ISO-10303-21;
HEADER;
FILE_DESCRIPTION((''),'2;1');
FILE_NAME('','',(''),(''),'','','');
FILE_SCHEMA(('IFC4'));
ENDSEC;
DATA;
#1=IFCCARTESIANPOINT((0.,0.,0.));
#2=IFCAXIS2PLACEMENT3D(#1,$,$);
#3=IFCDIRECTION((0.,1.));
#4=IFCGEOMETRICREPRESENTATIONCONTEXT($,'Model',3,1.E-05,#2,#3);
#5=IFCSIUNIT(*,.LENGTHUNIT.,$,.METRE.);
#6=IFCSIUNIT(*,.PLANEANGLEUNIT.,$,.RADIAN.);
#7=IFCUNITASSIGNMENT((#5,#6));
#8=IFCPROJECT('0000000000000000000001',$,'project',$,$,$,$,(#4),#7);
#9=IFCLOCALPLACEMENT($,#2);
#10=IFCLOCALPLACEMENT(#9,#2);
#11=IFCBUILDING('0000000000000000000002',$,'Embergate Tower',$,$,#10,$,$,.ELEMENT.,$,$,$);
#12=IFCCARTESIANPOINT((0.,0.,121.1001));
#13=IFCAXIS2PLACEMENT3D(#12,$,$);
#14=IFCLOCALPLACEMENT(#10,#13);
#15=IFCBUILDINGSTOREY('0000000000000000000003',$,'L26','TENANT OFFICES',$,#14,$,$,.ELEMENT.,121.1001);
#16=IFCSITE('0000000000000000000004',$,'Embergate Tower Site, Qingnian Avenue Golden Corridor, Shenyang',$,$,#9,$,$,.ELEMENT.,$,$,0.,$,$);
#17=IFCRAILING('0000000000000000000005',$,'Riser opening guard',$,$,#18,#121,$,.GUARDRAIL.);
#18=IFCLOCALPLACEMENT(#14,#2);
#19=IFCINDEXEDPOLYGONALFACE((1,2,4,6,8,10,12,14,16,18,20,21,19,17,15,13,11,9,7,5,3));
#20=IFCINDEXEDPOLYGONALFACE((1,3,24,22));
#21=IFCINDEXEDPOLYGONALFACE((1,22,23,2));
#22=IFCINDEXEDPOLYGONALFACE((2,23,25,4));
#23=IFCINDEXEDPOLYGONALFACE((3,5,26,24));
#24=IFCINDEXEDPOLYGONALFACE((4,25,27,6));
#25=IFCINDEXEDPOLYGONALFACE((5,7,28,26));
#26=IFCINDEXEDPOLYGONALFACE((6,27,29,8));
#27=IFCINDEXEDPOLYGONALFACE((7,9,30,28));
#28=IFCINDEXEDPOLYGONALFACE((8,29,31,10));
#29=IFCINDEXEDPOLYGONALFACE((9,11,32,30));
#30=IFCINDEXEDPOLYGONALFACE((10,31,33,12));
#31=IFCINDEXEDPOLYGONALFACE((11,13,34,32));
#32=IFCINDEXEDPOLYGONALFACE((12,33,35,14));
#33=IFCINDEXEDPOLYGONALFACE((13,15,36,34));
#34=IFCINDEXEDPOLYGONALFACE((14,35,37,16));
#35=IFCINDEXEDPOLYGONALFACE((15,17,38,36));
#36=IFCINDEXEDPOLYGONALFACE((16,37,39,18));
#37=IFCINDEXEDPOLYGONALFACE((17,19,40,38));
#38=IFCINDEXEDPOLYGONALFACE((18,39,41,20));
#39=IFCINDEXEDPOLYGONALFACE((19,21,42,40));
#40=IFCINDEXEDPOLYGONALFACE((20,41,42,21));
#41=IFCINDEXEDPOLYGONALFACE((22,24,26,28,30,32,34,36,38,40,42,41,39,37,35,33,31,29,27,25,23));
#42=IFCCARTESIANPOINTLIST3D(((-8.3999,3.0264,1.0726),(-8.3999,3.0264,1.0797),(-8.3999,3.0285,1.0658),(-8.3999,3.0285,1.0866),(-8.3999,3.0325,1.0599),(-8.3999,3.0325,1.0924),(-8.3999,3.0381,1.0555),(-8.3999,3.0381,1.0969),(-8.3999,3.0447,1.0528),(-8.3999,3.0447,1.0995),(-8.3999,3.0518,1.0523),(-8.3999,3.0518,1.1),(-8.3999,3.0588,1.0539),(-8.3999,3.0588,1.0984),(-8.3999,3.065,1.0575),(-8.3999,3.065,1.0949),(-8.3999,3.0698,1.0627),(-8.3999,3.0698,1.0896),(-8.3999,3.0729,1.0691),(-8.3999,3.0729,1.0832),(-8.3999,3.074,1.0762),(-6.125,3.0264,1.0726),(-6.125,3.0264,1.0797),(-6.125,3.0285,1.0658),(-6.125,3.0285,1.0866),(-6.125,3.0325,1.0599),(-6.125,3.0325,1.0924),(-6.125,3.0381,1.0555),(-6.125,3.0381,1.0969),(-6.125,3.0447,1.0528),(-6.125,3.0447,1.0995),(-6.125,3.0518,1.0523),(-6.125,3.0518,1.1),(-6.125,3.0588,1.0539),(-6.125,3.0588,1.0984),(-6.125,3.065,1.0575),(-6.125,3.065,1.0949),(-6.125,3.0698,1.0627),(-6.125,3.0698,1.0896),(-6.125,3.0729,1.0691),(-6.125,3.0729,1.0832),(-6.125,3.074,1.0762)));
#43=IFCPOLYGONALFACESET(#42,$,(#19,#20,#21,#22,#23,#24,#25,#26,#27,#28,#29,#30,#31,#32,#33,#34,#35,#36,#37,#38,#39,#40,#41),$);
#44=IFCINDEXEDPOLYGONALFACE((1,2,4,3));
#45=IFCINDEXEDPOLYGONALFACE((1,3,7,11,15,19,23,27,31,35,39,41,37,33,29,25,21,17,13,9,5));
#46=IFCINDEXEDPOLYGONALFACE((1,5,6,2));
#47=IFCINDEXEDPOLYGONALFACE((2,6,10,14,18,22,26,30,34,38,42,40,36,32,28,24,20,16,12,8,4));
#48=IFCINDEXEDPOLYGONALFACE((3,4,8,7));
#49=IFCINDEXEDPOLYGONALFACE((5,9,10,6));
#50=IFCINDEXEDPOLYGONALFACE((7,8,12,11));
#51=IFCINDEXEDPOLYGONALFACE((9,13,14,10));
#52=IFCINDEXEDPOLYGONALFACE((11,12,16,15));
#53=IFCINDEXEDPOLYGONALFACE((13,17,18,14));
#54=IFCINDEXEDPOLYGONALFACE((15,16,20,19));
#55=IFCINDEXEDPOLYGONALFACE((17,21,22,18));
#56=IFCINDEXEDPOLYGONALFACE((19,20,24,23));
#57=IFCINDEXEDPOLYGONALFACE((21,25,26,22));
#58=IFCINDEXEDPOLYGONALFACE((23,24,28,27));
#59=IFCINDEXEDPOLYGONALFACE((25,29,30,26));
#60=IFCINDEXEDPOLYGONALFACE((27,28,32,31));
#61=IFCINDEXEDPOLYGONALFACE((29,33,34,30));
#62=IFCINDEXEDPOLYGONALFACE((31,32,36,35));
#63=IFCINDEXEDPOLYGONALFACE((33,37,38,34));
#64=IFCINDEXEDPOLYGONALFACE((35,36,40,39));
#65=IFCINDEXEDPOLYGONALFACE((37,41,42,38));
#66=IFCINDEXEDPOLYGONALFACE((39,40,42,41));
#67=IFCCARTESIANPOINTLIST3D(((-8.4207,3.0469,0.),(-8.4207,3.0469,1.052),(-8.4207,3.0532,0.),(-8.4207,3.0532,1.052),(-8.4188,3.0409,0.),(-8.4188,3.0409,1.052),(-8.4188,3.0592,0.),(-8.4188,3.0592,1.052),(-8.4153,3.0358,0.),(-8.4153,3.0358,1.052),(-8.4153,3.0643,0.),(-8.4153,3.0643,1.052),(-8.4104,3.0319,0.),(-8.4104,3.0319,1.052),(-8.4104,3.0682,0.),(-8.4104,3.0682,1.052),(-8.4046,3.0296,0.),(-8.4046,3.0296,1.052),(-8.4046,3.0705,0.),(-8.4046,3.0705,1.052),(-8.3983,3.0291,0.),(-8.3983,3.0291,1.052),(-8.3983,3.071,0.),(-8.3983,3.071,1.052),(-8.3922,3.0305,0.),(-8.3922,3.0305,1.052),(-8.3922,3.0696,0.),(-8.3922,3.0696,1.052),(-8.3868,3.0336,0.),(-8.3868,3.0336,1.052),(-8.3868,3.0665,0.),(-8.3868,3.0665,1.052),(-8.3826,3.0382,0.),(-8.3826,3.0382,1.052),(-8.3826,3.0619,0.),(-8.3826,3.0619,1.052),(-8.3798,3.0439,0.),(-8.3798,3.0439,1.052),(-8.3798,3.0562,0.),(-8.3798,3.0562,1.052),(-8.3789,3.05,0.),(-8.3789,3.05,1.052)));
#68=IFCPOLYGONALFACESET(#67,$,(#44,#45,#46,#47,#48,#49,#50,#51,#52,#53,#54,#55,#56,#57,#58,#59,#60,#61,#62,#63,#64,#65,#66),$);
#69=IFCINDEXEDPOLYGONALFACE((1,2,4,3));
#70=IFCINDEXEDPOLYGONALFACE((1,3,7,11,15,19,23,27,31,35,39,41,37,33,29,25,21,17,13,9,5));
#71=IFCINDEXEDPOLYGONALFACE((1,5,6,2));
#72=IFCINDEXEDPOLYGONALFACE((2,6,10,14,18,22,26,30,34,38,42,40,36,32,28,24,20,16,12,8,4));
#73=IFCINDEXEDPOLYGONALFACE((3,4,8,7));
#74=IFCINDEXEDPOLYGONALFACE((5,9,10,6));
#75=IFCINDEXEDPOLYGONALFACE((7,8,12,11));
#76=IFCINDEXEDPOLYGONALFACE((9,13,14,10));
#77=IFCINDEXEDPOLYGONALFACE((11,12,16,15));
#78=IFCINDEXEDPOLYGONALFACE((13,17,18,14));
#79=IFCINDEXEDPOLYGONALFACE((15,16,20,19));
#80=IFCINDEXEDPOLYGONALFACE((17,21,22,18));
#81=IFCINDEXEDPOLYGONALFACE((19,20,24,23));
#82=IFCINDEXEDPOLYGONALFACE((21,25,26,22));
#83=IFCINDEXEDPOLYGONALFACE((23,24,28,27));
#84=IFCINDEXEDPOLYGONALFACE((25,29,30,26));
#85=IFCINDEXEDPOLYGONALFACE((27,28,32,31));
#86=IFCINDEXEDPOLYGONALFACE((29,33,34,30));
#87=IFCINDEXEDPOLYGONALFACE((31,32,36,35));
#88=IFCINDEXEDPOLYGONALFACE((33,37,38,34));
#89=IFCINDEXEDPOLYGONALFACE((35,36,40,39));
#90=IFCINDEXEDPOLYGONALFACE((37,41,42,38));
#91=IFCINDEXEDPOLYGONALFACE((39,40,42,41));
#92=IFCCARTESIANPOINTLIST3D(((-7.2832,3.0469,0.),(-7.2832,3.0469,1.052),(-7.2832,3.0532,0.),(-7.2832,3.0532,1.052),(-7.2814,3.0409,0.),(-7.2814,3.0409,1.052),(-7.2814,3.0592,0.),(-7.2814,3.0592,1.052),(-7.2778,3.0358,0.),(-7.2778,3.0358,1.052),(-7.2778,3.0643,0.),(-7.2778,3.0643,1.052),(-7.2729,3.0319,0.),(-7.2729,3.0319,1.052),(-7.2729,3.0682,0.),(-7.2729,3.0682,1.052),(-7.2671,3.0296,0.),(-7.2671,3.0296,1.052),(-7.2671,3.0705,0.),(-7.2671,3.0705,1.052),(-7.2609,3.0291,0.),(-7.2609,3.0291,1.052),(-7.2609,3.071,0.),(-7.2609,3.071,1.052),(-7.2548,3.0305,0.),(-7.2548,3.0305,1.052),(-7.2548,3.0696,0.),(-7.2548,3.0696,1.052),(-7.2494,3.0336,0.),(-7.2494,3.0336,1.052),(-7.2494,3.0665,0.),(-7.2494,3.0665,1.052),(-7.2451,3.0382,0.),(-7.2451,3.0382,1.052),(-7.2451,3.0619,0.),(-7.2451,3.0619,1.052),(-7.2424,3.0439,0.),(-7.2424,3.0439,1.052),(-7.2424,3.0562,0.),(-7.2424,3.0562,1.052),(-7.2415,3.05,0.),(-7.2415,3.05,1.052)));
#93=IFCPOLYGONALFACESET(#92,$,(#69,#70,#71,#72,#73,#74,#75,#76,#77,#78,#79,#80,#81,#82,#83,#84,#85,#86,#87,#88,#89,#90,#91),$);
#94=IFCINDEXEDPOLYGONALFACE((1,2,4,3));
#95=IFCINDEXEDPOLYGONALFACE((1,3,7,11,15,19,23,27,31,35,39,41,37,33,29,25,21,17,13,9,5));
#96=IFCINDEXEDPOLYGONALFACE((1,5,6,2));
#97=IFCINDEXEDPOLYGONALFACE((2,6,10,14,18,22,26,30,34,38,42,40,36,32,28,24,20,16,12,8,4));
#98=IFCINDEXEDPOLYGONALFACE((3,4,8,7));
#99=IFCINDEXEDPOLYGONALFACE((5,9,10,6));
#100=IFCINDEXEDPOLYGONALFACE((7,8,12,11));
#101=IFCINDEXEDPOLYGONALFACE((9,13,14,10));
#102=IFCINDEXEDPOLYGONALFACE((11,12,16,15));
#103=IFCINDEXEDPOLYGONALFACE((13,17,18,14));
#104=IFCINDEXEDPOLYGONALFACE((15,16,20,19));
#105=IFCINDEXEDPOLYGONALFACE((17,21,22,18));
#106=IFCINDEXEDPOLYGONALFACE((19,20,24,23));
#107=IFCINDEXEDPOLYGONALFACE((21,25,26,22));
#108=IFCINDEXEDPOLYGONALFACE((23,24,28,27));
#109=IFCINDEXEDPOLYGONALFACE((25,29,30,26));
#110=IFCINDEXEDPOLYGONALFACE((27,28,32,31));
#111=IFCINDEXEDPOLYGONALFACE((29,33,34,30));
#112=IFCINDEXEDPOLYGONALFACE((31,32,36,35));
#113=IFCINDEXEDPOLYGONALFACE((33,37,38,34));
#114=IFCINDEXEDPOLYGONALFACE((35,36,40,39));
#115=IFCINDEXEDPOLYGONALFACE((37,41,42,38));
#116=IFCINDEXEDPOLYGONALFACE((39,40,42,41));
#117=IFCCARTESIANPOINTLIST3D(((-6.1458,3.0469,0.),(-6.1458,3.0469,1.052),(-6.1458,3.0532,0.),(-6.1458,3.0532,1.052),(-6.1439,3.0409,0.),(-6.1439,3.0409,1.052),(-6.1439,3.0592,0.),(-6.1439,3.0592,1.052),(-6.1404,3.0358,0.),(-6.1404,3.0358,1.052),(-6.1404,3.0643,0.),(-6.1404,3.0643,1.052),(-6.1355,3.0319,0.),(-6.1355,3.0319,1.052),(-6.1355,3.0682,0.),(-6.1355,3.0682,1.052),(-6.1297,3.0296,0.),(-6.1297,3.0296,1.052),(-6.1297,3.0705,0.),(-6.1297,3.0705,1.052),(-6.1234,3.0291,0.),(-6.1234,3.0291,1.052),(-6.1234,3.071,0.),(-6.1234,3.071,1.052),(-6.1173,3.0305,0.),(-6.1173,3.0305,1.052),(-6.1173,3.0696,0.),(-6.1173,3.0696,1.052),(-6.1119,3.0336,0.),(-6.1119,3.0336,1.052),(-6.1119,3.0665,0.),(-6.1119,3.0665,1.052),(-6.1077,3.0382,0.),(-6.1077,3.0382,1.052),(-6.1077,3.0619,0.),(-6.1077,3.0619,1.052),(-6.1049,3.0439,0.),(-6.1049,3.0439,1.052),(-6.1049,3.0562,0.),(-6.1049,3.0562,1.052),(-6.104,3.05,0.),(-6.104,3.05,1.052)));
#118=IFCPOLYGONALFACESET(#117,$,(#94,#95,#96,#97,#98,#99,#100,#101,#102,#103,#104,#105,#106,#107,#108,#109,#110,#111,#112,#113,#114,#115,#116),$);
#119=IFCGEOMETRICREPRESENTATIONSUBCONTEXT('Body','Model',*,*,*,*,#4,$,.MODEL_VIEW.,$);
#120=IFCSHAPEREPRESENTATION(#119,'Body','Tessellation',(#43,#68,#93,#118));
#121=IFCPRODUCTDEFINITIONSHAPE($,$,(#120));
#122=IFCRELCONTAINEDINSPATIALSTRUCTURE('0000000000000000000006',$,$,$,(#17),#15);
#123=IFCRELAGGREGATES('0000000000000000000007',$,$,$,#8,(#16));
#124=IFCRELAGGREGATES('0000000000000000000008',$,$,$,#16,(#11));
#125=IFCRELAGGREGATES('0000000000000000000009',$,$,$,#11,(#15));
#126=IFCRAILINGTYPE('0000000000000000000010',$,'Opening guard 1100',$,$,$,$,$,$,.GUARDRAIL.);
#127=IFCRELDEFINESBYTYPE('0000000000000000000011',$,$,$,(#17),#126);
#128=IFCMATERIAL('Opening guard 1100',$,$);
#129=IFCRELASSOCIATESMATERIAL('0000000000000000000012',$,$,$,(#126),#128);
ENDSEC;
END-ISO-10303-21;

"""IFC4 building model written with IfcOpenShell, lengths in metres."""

from ifc_helpers import new_model, si_unit, direction, frame, origin, origin_2d, place, context, subcontext, project, spatial, circle, extrude, source, transform, mapped, material, type_object, element, save


model = new_model("IFC4")

# Units and contexts
model_context = context("Model", 3, precision=1e-05, world=origin(), true_north=direction((0.0, 1.0)))
body_context = subcontext(model_context, "Body", "Model", "MODEL_VIEW")
ifc_project = project(units=[si_unit("LENGTHUNIT", "METRE"), si_unit("PLANEANGLEUNIT", "RADIAN")], contexts=[model_context])

# Site, building, storey
site_placement = place(None, origin())
site = spatial("IfcSite", under=ifc_project, at=site_placement, Name="Embergate Tower Site, Qingnian Avenue Golden Corridor, Shenyang", CompositionType="ELEMENT", RefElevation=0.0)
building_placement = place(site_placement, origin())
building = spatial("IfcBuilding", under=site, at=building_placement, Name="Embergate Tower", CompositionType="ELEMENT")
storey_placement = place(building_placement, frame((0.0, 0.0, 121.1001)))
storey = spatial("IfcBuildingStorey", under=building, at=storey_placement, Name="L26", Description="TENANT OFFICES", CompositionType="ELEMENT", Elevation=121.1001)

# Railing
ifc_material_1 = material(Name="Opening guard 1100")
railing_type = type_object("IfcRailingType", Name="Opening guard 1100", PredefinedType="GUARDRAIL", material=ifc_material_1)
shared_shape_1 = source(origin(), body_context, "Body", "SweptSolid", [
    extrude(circle(Radius=0.0239, at=origin_2d()), frame((0.0, 0.0, 1.0762), z_axis=(1.0, 0.0, 0.0), x_axis=(0.0, 1.0, 0.0)), (0.0, 0.0, 1.0), 2.2749),
    extrude(circle(Radius=0.021, at=origin_2d()), origin(), (0.0, 0.0, 1.0), 1.052),
    extrude(circle(Radius=0.021, at=origin_2d()), frame((1.1375, 0.0, 0.0)), (0.0, 0.0, 1.0), 1.052),
    extrude(circle(Radius=0.021, at=origin_2d()), frame((2.2749, 0.0, 0.0)), (0.0, 0.0, 1.0), 1.052),
])
railing_placement = place(storey_placement, frame((-8.3999, 3.05, 0.0)))
element("IfcRailing", 1, at=railing_placement, inside=storey, type_object=railing_type, Name="Riser opening guard", PredefinedType="GUARDRAIL", context=body_context, shape_type="MappedRepresentation", body=[
    mapped(shared_shape_1, transform((0.0, 0.0, 0.0))),
])

save(model, "model.ifc")
